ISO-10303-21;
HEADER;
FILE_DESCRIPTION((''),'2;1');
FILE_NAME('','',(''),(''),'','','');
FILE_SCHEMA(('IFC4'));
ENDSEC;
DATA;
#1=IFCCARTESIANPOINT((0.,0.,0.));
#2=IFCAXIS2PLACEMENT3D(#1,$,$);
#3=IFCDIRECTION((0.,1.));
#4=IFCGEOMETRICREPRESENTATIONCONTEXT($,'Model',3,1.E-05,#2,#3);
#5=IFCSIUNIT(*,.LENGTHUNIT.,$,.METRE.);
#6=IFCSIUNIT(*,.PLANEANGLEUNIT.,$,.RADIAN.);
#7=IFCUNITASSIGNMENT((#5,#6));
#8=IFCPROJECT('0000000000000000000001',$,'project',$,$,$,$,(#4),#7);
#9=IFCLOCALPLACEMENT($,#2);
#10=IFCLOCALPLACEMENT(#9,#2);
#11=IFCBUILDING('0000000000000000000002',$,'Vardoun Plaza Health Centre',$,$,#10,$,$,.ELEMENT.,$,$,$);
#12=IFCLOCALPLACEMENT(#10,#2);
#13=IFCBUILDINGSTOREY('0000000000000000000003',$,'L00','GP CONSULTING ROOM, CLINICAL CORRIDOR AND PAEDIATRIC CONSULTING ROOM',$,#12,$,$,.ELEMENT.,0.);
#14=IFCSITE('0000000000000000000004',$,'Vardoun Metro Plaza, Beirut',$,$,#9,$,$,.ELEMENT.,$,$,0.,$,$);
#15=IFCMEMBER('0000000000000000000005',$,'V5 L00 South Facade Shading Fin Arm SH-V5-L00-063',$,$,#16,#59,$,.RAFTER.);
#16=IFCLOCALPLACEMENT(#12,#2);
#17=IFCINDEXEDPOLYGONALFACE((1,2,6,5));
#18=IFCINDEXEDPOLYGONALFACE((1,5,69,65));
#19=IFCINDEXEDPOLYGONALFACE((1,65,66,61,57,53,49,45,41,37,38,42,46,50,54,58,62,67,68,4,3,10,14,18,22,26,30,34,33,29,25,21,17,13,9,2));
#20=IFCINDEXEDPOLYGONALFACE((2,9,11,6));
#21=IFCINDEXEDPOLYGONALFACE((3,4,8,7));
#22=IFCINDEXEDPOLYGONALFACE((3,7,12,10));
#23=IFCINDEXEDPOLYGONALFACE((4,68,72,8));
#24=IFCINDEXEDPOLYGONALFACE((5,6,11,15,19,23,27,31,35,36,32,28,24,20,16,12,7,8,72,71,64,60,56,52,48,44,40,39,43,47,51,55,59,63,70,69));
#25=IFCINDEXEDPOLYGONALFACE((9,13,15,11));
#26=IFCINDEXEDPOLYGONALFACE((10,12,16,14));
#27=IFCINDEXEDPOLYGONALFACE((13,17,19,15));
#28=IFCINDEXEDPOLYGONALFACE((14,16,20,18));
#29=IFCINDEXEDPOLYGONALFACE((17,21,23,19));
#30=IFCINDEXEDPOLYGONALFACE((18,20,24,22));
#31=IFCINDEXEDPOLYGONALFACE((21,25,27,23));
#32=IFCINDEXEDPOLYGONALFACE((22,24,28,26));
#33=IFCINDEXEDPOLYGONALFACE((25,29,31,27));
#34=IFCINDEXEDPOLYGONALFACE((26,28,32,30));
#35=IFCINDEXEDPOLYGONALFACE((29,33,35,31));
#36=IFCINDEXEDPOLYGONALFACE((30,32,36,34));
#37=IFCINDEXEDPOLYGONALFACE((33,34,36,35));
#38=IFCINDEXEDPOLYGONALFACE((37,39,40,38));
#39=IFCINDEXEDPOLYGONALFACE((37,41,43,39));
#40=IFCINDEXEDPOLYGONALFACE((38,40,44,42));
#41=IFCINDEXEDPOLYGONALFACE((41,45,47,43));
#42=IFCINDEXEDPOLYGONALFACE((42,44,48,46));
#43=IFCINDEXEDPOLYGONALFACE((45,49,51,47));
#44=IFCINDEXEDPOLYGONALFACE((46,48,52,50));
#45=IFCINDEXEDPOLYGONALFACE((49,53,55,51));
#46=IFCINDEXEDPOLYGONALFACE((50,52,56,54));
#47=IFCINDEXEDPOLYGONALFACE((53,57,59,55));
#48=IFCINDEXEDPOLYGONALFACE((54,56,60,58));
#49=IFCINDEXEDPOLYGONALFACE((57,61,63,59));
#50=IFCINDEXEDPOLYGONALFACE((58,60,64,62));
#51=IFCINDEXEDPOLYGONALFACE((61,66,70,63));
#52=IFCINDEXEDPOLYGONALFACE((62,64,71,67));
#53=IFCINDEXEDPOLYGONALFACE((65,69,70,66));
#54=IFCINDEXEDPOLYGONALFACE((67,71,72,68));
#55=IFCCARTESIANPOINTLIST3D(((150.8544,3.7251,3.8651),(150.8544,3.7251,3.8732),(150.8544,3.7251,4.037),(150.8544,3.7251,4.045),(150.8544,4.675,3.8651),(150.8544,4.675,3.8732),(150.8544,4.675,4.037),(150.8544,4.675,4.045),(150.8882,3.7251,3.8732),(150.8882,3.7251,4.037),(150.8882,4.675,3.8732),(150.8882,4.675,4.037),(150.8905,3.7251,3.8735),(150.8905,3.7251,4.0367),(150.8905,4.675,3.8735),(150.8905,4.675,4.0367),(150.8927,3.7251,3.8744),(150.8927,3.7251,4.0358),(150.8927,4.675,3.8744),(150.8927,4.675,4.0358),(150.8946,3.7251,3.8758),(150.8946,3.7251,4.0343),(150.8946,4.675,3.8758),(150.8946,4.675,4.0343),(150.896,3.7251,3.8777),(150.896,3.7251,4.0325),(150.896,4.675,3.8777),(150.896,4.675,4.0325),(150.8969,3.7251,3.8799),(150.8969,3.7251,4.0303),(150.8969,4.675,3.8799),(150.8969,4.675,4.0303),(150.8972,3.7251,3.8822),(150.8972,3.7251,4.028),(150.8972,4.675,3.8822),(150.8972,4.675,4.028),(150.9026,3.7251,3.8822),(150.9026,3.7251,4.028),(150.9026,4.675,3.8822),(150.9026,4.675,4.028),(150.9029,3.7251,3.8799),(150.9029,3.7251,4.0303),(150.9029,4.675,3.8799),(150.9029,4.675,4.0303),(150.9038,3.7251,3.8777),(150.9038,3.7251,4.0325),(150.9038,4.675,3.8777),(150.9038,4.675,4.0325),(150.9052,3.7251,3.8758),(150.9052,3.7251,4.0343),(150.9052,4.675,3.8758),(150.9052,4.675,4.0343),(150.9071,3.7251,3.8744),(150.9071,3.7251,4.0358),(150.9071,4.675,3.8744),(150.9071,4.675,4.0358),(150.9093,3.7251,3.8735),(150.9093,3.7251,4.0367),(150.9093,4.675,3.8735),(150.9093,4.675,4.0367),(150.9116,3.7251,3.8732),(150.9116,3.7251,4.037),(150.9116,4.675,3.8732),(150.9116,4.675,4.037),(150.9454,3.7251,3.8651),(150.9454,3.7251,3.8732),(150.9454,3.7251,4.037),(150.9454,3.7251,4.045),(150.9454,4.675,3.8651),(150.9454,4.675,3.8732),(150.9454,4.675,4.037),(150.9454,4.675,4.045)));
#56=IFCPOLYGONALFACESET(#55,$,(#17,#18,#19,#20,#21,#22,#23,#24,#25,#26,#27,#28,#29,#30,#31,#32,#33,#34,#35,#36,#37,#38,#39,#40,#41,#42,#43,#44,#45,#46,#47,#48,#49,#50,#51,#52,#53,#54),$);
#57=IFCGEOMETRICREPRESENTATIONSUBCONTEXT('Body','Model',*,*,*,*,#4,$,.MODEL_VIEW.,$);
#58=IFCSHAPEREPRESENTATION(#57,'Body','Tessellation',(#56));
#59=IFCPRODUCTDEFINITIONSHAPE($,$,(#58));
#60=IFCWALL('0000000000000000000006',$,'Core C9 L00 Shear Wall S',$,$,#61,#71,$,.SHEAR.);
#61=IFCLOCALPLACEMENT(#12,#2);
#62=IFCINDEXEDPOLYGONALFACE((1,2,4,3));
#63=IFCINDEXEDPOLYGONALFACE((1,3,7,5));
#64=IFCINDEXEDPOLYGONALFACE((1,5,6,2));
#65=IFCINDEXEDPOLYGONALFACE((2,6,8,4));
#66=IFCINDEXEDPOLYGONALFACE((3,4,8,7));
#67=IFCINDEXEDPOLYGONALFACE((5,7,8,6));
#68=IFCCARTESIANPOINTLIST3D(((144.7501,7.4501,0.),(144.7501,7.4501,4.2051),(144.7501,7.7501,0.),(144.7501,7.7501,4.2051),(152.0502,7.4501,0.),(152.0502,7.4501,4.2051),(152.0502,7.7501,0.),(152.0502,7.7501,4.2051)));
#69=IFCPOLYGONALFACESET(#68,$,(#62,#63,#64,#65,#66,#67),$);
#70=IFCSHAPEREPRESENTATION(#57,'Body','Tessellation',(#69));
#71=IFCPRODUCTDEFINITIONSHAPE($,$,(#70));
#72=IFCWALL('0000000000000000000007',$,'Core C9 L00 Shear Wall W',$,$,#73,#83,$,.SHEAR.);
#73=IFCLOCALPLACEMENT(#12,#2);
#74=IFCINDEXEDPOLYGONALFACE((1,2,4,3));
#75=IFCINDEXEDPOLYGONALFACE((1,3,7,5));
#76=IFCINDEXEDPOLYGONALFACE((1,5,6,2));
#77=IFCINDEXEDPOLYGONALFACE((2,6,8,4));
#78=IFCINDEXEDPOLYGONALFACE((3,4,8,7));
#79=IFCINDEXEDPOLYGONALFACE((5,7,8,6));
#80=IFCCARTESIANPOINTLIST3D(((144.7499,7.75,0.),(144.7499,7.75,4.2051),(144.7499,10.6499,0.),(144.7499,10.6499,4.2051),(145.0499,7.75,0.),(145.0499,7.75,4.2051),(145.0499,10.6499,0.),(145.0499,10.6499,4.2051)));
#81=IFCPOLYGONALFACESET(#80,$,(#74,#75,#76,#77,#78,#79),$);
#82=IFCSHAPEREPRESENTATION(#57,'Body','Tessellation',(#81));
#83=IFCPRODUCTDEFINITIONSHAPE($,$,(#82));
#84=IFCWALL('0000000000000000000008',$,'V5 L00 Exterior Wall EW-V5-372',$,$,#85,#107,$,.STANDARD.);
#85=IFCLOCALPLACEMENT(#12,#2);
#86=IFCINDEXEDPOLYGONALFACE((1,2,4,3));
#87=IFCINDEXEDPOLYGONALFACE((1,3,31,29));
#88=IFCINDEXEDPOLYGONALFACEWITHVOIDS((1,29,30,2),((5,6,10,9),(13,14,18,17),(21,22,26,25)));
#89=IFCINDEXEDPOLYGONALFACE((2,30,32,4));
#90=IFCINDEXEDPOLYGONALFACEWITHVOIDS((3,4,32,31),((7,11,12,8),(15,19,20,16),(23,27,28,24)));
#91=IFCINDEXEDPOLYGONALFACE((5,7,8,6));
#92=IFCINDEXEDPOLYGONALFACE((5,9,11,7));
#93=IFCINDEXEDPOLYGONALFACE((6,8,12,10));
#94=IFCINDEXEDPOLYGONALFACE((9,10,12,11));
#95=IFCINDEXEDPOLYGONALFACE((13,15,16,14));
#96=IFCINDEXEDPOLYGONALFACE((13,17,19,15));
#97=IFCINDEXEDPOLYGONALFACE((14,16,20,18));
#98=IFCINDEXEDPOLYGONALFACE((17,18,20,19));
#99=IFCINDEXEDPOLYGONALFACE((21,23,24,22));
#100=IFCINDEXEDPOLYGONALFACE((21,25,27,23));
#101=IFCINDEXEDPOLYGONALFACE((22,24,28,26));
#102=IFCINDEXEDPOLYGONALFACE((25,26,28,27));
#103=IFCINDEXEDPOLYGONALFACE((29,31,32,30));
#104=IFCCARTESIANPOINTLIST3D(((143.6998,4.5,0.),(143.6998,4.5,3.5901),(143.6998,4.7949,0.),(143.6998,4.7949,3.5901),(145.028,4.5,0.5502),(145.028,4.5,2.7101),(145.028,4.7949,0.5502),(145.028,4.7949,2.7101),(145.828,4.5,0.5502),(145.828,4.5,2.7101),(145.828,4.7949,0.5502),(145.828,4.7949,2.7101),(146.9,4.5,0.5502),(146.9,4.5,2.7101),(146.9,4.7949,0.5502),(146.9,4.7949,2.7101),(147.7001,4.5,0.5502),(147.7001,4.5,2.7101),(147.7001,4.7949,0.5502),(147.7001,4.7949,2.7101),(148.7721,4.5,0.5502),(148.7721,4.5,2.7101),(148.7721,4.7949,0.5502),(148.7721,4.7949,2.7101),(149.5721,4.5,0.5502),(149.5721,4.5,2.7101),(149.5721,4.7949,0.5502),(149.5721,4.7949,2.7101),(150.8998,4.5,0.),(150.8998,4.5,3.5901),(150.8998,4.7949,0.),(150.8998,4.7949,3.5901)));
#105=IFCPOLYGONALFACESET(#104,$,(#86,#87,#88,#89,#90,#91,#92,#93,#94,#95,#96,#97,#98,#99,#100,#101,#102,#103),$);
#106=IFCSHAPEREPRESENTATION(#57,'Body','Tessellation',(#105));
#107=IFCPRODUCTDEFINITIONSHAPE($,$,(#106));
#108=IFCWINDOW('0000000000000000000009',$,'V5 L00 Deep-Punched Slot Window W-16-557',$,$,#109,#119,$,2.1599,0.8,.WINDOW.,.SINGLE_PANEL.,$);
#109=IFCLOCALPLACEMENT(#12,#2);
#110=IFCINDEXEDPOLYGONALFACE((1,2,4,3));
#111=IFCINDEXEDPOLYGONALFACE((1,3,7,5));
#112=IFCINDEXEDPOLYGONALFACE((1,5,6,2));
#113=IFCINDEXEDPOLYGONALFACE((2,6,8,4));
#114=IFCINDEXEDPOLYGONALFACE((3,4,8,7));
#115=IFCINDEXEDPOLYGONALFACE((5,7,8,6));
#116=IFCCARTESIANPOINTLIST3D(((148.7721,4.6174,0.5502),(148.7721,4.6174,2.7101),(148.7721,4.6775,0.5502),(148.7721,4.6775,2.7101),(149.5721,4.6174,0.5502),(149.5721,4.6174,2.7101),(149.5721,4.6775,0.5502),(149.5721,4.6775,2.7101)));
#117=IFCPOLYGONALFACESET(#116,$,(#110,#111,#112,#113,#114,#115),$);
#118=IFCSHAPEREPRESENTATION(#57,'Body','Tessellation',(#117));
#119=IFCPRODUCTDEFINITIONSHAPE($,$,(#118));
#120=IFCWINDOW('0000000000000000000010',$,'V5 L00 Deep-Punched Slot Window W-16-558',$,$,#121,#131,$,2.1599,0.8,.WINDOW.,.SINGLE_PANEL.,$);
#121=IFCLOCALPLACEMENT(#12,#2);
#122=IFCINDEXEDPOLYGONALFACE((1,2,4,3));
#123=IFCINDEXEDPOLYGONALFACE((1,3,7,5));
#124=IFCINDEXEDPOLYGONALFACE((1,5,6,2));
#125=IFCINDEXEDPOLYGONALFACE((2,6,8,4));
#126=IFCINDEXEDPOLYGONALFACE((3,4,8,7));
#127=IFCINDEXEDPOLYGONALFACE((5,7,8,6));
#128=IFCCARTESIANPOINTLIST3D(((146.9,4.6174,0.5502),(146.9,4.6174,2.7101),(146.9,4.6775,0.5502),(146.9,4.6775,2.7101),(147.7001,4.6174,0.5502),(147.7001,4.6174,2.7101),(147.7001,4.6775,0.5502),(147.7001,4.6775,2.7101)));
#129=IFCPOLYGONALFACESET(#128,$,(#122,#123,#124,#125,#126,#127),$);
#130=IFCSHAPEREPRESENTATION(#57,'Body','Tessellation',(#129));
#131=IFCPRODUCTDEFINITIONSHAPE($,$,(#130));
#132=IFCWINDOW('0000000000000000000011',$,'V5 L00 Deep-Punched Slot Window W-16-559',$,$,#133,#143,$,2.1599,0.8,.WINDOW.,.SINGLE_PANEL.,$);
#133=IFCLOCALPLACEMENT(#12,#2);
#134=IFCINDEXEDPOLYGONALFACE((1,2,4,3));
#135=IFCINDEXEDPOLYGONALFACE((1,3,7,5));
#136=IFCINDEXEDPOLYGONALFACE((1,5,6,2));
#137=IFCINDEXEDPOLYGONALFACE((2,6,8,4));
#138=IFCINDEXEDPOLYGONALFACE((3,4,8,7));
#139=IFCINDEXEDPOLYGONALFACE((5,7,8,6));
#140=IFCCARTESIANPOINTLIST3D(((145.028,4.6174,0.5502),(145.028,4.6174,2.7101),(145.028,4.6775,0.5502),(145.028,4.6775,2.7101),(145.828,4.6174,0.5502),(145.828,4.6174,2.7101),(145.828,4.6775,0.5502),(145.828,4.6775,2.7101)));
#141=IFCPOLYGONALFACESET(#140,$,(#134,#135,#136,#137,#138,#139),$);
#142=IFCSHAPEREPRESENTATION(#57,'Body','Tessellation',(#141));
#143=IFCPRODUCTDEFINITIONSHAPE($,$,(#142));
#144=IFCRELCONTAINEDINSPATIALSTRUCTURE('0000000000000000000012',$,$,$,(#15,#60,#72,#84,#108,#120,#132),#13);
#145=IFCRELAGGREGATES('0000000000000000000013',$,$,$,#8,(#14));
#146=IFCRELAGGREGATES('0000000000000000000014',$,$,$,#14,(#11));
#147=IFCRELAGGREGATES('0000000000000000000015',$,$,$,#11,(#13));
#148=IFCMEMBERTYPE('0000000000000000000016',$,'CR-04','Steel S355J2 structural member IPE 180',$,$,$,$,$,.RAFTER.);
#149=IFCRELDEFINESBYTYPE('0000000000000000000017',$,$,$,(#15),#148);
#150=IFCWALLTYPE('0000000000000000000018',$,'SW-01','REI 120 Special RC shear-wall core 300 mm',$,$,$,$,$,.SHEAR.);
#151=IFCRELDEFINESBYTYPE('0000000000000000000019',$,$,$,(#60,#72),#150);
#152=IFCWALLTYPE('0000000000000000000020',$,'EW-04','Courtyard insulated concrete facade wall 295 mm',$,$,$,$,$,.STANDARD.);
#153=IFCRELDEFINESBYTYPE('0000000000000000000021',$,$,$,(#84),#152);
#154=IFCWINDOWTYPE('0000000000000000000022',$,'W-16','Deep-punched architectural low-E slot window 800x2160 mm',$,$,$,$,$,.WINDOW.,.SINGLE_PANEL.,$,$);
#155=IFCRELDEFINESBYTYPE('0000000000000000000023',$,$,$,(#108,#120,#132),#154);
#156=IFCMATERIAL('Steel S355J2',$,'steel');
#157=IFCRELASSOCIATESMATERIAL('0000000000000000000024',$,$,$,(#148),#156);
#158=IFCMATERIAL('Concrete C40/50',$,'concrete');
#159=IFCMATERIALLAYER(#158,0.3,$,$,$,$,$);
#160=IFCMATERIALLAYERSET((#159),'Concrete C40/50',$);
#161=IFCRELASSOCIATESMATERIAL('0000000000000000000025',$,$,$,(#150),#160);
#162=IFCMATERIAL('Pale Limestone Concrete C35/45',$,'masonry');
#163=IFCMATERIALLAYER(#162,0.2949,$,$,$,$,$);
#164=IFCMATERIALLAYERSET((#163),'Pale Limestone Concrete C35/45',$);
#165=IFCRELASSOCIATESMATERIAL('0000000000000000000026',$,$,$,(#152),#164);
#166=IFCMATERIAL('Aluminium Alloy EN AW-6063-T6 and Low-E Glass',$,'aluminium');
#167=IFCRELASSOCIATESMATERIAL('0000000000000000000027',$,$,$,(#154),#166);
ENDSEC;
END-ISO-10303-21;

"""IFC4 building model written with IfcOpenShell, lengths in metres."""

from ifc_helpers import new_model, si_unit, direction, frame, frame_2d, origin, origin_2d, place, context, subcontext, project, spatial, rectangle, i_section, extrude, material, layer, layer_set, material_profile, profile_set, type_object, element, fill, save


model = new_model("IFC4")

# Units and contexts
model_context = context("Model", 3, precision=1e-05, world=origin(), true_north=direction((0.0, 1.0)))
body_context = subcontext(model_context, "Body", "Model", "MODEL_VIEW")
ifc_project = project(units=[si_unit("LENGTHUNIT", "METRE"), si_unit("PLANEANGLEUNIT", "RADIAN")], contexts=[model_context])

# Site, building, storey
site_placement = place(None, origin())
site = spatial("IfcSite", under=ifc_project, at=site_placement, Name="Vardoun Metro Plaza, Beirut", CompositionType="ELEMENT", RefElevation=0.0)
building_placement = place(site_placement, origin())
building = spatial("IfcBuilding", under=site, at=building_placement, Name="Vardoun Plaza Health Centre", CompositionType="ELEMENT")
storey_placement = place(building_placement, origin())
storey = spatial("IfcBuildingStorey", under=building, at=storey_placement, Name="L00", Description="GP CONSULTING ROOM, CLINICAL CORRIDOR AND PAEDIATRIC CONSULTING ROOM", CompositionType="ELEMENT", Elevation=0.0)

# Member
ifc_material_1 = material(Name="Steel S355J2", Category="steel")
ifc_material_profile_1 = material_profile(ifc_material_1, i_section(OverallWidth=0.0911, OverallDepth=0.1799, WebThickness=0.0054, FlangeThickness=0.0081, FilletRadius=0.009, at=origin_2d()), Name="IPE 180")
ifc_profile_set_1 = profile_set([ifc_material_profile_1], Name="Steel S355J2")
member_type_1 = type_object("IfcMemberType", Name="CR-04", Description="Steel S355J2 structural member IPE 180", PredefinedType="RAFTER", material=ifc_profile_set_1)
member_1_placement = place(storey_placement, frame((150.8999, 4.675, 3.9551), z_axis=(0.0, -1.0, 0.0), x_axis=(1.0, 0.0, 0.0)))
element("IfcMember", 1, at=member_1_placement, inside=storey, type_object=member_type_1, Name="V5 L00 South Facade Shading Fin Arm SH-V5-L00-063", PredefinedType="RAFTER", context=body_context, shape_type="SweptSolid", body=[
    extrude(i_section(OverallWidth=0.0911, OverallDepth=0.1799, WebThickness=0.0054, FlangeThickness=0.0081, FilletRadius=0.009, at=origin_2d()), origin(), (0.0, 0.0, 1.0), 0.95),
])

# Walls
ifc_material_2 = material(Name="Concrete C40/50", Category="concrete")
ifc_layer_1 = layer(ifc_material_2, 0.3)
ifc_layer_set_1 = layer_set([ifc_layer_1], Name="Concrete C40/50")
wall_type_1 = type_object("IfcWallType", Name="SW-01", Description="REI 120 Special RC shear-wall core 300 mm", PredefinedType="SHEAR", material=ifc_layer_set_1)
wall_1_placement = place(storey_placement, frame((152.05, 7.6001, 0.0), z_axis=(0.0, 0.0, 1.0), x_axis=(-1.0, 0.0, 0.0)))
element("IfcWall", 2, at=wall_1_placement, inside=storey, type_object=wall_type_1, Name="Core C9 L00 Shear Wall S", PredefinedType="SHEAR", context=body_context, shape_type="SweptSolid", body=[
    extrude(rectangle(XDim=7.3, YDim=0.3, at=frame_2d((3.6499, 0.0))), origin(), (0.0, 0.0, 1.0), 4.2051),
])
wall_2_placement = place(storey_placement, frame((144.8999, 7.75, 0.0), z_axis=(0.0, 0.0, 1.0), x_axis=(0.0, 1.0, 0.0)))
element("IfcWall", 3, at=wall_2_placement, inside=storey, type_object=wall_type_1, Name="Core C9 L00 Shear Wall W", PredefinedType="SHEAR", context=body_context, shape_type="SweptSolid", body=[
    extrude(rectangle(XDim=2.8999, YDim=0.3, at=frame_2d((1.45, 0.0))), origin(), (0.0, 0.0, 1.0), 4.2051),
])

# Wall, openings, windows
ifc_material_3 = material(Name="Pale Limestone Concrete C35/45", Category="masonry")
ifc_layer_2 = layer(ifc_material_3, 0.2949)
ifc_layer_set_2 = layer_set([ifc_layer_2], Name="Pale Limestone Concrete C35/45")
wall_type_2 = type_object("IfcWallType", Name="EW-04", Description="Courtyard insulated concrete facade wall 295 mm", PredefinedType="STANDARD", material=ifc_layer_set_2)
wall_3_placement = place(storey_placement, frame((150.8999, 4.6475, 0.0), z_axis=(0.0, 0.0, 1.0), x_axis=(-1.0, 0.0, 0.0)))
wall_3 = element("IfcWall", 4, at=wall_3_placement, inside=storey, type_object=wall_type_2, Name="V5 L00 Exterior Wall EW-V5-372", PredefinedType="STANDARD", context=body_context, shape_type="SweptSolid", body=[
    extrude(rectangle(XDim=7.2, YDim=0.2949, at=frame_2d((3.6001, 0.0))), origin(), (0.0, 0.0, 1.0), 3.5901),
])
opening_1_placement = place(wall_3_placement, frame((1.3279, 0.0, 0.55)))
opening_1 = element("IfcOpeningElement", 5, at=opening_1_placement, cuts=wall_3, PredefinedType="OPENING", context=body_context, shape_type="SweptSolid", body=[
    extrude(rectangle(XDim=0.8, YDim=2.1599, at=frame_2d((0.3999, 1.0801))), frame((0.0, 0.1475, 0.0), z_axis=(0.0, -1.0, 0.0), x_axis=(1.0, 0.0, 0.0)), (0.0, 0.0, 1.0), 0.2949),
])
opening_2_placement = place(wall_3_placement, frame((3.2, 0.0, 0.55)))
opening_2 = element("IfcOpeningElement", 6, at=opening_2_placement, cuts=wall_3, PredefinedType="OPENING", context=body_context, shape_type="SweptSolid", body=[
    extrude(rectangle(XDim=0.8, YDim=2.1599, at=frame_2d((0.3999, 1.0801))), frame((0.0, 0.1475, 0.0), z_axis=(0.0, -1.0, 0.0), x_axis=(1.0, 0.0, 0.0)), (0.0, 0.0, 1.0), 0.2949),
])
opening_3_placement = place(wall_3_placement, frame((5.072, 0.0, 0.55)))
opening_3 = element("IfcOpeningElement", 7, at=opening_3_placement, cuts=wall_3, PredefinedType="OPENING", context=body_context, shape_type="SweptSolid", body=[
    extrude(rectangle(XDim=0.8, YDim=2.1599, at=frame_2d((0.3999, 1.0801))), frame((0.0, 0.1475, 0.0), z_axis=(0.0, -1.0, 0.0), x_axis=(1.0, 0.0, 0.0)), (0.0, 0.0, 1.0), 0.2949),
])
ifc_material_4 = material(Name="Aluminium Alloy EN AW-6063-T6 and Low-E Glass", Category="aluminium")
window_type = type_object("IfcWindowType", Name="W-16", Description="Deep-punched architectural low-E slot window 800x2160 mm", PartitioningType="SINGLE_PANEL", PredefinedType="WINDOW", material=ifc_material_4)
window_1_placement = place(opening_1_placement, origin())
window_1 = element("IfcWindow", 8, at=window_1_placement, inside=storey, type_object=window_type, Name="V5 L00 Deep-Punched Slot Window W-16-557", OverallHeight=2.1599, OverallWidth=0.8, PartitioningType="SINGLE_PANEL", PredefinedType="WINDOW", context=body_context, shape_type="SweptSolid", body=[
    extrude(rectangle(XDim=0.8, YDim=2.1599, at=frame_2d((0.3999, 1.0801))), frame((0.0, 0.03, 0.0), z_axis=(0.0, -1.0, 0.0), x_axis=(1.0, 0.0, 0.0)), (0.0, 0.0, 1.0), 0.0601),
])
fill(opening_1, window_1)
window_2_placement = place(opening_2_placement, origin())
window_2 = element("IfcWindow", 9, at=window_2_placement, inside=storey, type_object=window_type, Name="V5 L00 Deep-Punched Slot Window W-16-558", OverallHeight=2.1599, OverallWidth=0.8, PartitioningType="SINGLE_PANEL", PredefinedType="WINDOW", context=body_context, shape_type="SweptSolid", body=[
    extrude(rectangle(XDim=0.8, YDim=2.1599, at=frame_2d((0.3999, 1.0801))), frame((0.0, 0.03, 0.0), z_axis=(0.0, -1.0, 0.0), x_axis=(1.0, 0.0, 0.0)), (0.0, 0.0, 1.0), 0.0601),
])
fill(opening_2, window_2)
window_3_placement = place(opening_3_placement, origin())
window_3 = element("IfcWindow", 10, at=window_3_placement, inside=storey, type_object=window_type, Name="V5 L00 Deep-Punched Slot Window W-16-559", OverallHeight=2.1599, OverallWidth=0.8, PartitioningType="SINGLE_PANEL", PredefinedType="WINDOW", context=body_context, shape_type="SweptSolid", body=[
    extrude(rectangle(XDim=0.8, YDim=2.1599, at=frame_2d((0.3999, 1.0801))), frame((0.0, 0.03, 0.0), z_axis=(0.0, -1.0, 0.0), x_axis=(1.0, 0.0, 0.0)), (0.0, 0.0, 1.0), 0.0601),
])
fill(opening_3, window_3)

save(model, "model.ifc")
